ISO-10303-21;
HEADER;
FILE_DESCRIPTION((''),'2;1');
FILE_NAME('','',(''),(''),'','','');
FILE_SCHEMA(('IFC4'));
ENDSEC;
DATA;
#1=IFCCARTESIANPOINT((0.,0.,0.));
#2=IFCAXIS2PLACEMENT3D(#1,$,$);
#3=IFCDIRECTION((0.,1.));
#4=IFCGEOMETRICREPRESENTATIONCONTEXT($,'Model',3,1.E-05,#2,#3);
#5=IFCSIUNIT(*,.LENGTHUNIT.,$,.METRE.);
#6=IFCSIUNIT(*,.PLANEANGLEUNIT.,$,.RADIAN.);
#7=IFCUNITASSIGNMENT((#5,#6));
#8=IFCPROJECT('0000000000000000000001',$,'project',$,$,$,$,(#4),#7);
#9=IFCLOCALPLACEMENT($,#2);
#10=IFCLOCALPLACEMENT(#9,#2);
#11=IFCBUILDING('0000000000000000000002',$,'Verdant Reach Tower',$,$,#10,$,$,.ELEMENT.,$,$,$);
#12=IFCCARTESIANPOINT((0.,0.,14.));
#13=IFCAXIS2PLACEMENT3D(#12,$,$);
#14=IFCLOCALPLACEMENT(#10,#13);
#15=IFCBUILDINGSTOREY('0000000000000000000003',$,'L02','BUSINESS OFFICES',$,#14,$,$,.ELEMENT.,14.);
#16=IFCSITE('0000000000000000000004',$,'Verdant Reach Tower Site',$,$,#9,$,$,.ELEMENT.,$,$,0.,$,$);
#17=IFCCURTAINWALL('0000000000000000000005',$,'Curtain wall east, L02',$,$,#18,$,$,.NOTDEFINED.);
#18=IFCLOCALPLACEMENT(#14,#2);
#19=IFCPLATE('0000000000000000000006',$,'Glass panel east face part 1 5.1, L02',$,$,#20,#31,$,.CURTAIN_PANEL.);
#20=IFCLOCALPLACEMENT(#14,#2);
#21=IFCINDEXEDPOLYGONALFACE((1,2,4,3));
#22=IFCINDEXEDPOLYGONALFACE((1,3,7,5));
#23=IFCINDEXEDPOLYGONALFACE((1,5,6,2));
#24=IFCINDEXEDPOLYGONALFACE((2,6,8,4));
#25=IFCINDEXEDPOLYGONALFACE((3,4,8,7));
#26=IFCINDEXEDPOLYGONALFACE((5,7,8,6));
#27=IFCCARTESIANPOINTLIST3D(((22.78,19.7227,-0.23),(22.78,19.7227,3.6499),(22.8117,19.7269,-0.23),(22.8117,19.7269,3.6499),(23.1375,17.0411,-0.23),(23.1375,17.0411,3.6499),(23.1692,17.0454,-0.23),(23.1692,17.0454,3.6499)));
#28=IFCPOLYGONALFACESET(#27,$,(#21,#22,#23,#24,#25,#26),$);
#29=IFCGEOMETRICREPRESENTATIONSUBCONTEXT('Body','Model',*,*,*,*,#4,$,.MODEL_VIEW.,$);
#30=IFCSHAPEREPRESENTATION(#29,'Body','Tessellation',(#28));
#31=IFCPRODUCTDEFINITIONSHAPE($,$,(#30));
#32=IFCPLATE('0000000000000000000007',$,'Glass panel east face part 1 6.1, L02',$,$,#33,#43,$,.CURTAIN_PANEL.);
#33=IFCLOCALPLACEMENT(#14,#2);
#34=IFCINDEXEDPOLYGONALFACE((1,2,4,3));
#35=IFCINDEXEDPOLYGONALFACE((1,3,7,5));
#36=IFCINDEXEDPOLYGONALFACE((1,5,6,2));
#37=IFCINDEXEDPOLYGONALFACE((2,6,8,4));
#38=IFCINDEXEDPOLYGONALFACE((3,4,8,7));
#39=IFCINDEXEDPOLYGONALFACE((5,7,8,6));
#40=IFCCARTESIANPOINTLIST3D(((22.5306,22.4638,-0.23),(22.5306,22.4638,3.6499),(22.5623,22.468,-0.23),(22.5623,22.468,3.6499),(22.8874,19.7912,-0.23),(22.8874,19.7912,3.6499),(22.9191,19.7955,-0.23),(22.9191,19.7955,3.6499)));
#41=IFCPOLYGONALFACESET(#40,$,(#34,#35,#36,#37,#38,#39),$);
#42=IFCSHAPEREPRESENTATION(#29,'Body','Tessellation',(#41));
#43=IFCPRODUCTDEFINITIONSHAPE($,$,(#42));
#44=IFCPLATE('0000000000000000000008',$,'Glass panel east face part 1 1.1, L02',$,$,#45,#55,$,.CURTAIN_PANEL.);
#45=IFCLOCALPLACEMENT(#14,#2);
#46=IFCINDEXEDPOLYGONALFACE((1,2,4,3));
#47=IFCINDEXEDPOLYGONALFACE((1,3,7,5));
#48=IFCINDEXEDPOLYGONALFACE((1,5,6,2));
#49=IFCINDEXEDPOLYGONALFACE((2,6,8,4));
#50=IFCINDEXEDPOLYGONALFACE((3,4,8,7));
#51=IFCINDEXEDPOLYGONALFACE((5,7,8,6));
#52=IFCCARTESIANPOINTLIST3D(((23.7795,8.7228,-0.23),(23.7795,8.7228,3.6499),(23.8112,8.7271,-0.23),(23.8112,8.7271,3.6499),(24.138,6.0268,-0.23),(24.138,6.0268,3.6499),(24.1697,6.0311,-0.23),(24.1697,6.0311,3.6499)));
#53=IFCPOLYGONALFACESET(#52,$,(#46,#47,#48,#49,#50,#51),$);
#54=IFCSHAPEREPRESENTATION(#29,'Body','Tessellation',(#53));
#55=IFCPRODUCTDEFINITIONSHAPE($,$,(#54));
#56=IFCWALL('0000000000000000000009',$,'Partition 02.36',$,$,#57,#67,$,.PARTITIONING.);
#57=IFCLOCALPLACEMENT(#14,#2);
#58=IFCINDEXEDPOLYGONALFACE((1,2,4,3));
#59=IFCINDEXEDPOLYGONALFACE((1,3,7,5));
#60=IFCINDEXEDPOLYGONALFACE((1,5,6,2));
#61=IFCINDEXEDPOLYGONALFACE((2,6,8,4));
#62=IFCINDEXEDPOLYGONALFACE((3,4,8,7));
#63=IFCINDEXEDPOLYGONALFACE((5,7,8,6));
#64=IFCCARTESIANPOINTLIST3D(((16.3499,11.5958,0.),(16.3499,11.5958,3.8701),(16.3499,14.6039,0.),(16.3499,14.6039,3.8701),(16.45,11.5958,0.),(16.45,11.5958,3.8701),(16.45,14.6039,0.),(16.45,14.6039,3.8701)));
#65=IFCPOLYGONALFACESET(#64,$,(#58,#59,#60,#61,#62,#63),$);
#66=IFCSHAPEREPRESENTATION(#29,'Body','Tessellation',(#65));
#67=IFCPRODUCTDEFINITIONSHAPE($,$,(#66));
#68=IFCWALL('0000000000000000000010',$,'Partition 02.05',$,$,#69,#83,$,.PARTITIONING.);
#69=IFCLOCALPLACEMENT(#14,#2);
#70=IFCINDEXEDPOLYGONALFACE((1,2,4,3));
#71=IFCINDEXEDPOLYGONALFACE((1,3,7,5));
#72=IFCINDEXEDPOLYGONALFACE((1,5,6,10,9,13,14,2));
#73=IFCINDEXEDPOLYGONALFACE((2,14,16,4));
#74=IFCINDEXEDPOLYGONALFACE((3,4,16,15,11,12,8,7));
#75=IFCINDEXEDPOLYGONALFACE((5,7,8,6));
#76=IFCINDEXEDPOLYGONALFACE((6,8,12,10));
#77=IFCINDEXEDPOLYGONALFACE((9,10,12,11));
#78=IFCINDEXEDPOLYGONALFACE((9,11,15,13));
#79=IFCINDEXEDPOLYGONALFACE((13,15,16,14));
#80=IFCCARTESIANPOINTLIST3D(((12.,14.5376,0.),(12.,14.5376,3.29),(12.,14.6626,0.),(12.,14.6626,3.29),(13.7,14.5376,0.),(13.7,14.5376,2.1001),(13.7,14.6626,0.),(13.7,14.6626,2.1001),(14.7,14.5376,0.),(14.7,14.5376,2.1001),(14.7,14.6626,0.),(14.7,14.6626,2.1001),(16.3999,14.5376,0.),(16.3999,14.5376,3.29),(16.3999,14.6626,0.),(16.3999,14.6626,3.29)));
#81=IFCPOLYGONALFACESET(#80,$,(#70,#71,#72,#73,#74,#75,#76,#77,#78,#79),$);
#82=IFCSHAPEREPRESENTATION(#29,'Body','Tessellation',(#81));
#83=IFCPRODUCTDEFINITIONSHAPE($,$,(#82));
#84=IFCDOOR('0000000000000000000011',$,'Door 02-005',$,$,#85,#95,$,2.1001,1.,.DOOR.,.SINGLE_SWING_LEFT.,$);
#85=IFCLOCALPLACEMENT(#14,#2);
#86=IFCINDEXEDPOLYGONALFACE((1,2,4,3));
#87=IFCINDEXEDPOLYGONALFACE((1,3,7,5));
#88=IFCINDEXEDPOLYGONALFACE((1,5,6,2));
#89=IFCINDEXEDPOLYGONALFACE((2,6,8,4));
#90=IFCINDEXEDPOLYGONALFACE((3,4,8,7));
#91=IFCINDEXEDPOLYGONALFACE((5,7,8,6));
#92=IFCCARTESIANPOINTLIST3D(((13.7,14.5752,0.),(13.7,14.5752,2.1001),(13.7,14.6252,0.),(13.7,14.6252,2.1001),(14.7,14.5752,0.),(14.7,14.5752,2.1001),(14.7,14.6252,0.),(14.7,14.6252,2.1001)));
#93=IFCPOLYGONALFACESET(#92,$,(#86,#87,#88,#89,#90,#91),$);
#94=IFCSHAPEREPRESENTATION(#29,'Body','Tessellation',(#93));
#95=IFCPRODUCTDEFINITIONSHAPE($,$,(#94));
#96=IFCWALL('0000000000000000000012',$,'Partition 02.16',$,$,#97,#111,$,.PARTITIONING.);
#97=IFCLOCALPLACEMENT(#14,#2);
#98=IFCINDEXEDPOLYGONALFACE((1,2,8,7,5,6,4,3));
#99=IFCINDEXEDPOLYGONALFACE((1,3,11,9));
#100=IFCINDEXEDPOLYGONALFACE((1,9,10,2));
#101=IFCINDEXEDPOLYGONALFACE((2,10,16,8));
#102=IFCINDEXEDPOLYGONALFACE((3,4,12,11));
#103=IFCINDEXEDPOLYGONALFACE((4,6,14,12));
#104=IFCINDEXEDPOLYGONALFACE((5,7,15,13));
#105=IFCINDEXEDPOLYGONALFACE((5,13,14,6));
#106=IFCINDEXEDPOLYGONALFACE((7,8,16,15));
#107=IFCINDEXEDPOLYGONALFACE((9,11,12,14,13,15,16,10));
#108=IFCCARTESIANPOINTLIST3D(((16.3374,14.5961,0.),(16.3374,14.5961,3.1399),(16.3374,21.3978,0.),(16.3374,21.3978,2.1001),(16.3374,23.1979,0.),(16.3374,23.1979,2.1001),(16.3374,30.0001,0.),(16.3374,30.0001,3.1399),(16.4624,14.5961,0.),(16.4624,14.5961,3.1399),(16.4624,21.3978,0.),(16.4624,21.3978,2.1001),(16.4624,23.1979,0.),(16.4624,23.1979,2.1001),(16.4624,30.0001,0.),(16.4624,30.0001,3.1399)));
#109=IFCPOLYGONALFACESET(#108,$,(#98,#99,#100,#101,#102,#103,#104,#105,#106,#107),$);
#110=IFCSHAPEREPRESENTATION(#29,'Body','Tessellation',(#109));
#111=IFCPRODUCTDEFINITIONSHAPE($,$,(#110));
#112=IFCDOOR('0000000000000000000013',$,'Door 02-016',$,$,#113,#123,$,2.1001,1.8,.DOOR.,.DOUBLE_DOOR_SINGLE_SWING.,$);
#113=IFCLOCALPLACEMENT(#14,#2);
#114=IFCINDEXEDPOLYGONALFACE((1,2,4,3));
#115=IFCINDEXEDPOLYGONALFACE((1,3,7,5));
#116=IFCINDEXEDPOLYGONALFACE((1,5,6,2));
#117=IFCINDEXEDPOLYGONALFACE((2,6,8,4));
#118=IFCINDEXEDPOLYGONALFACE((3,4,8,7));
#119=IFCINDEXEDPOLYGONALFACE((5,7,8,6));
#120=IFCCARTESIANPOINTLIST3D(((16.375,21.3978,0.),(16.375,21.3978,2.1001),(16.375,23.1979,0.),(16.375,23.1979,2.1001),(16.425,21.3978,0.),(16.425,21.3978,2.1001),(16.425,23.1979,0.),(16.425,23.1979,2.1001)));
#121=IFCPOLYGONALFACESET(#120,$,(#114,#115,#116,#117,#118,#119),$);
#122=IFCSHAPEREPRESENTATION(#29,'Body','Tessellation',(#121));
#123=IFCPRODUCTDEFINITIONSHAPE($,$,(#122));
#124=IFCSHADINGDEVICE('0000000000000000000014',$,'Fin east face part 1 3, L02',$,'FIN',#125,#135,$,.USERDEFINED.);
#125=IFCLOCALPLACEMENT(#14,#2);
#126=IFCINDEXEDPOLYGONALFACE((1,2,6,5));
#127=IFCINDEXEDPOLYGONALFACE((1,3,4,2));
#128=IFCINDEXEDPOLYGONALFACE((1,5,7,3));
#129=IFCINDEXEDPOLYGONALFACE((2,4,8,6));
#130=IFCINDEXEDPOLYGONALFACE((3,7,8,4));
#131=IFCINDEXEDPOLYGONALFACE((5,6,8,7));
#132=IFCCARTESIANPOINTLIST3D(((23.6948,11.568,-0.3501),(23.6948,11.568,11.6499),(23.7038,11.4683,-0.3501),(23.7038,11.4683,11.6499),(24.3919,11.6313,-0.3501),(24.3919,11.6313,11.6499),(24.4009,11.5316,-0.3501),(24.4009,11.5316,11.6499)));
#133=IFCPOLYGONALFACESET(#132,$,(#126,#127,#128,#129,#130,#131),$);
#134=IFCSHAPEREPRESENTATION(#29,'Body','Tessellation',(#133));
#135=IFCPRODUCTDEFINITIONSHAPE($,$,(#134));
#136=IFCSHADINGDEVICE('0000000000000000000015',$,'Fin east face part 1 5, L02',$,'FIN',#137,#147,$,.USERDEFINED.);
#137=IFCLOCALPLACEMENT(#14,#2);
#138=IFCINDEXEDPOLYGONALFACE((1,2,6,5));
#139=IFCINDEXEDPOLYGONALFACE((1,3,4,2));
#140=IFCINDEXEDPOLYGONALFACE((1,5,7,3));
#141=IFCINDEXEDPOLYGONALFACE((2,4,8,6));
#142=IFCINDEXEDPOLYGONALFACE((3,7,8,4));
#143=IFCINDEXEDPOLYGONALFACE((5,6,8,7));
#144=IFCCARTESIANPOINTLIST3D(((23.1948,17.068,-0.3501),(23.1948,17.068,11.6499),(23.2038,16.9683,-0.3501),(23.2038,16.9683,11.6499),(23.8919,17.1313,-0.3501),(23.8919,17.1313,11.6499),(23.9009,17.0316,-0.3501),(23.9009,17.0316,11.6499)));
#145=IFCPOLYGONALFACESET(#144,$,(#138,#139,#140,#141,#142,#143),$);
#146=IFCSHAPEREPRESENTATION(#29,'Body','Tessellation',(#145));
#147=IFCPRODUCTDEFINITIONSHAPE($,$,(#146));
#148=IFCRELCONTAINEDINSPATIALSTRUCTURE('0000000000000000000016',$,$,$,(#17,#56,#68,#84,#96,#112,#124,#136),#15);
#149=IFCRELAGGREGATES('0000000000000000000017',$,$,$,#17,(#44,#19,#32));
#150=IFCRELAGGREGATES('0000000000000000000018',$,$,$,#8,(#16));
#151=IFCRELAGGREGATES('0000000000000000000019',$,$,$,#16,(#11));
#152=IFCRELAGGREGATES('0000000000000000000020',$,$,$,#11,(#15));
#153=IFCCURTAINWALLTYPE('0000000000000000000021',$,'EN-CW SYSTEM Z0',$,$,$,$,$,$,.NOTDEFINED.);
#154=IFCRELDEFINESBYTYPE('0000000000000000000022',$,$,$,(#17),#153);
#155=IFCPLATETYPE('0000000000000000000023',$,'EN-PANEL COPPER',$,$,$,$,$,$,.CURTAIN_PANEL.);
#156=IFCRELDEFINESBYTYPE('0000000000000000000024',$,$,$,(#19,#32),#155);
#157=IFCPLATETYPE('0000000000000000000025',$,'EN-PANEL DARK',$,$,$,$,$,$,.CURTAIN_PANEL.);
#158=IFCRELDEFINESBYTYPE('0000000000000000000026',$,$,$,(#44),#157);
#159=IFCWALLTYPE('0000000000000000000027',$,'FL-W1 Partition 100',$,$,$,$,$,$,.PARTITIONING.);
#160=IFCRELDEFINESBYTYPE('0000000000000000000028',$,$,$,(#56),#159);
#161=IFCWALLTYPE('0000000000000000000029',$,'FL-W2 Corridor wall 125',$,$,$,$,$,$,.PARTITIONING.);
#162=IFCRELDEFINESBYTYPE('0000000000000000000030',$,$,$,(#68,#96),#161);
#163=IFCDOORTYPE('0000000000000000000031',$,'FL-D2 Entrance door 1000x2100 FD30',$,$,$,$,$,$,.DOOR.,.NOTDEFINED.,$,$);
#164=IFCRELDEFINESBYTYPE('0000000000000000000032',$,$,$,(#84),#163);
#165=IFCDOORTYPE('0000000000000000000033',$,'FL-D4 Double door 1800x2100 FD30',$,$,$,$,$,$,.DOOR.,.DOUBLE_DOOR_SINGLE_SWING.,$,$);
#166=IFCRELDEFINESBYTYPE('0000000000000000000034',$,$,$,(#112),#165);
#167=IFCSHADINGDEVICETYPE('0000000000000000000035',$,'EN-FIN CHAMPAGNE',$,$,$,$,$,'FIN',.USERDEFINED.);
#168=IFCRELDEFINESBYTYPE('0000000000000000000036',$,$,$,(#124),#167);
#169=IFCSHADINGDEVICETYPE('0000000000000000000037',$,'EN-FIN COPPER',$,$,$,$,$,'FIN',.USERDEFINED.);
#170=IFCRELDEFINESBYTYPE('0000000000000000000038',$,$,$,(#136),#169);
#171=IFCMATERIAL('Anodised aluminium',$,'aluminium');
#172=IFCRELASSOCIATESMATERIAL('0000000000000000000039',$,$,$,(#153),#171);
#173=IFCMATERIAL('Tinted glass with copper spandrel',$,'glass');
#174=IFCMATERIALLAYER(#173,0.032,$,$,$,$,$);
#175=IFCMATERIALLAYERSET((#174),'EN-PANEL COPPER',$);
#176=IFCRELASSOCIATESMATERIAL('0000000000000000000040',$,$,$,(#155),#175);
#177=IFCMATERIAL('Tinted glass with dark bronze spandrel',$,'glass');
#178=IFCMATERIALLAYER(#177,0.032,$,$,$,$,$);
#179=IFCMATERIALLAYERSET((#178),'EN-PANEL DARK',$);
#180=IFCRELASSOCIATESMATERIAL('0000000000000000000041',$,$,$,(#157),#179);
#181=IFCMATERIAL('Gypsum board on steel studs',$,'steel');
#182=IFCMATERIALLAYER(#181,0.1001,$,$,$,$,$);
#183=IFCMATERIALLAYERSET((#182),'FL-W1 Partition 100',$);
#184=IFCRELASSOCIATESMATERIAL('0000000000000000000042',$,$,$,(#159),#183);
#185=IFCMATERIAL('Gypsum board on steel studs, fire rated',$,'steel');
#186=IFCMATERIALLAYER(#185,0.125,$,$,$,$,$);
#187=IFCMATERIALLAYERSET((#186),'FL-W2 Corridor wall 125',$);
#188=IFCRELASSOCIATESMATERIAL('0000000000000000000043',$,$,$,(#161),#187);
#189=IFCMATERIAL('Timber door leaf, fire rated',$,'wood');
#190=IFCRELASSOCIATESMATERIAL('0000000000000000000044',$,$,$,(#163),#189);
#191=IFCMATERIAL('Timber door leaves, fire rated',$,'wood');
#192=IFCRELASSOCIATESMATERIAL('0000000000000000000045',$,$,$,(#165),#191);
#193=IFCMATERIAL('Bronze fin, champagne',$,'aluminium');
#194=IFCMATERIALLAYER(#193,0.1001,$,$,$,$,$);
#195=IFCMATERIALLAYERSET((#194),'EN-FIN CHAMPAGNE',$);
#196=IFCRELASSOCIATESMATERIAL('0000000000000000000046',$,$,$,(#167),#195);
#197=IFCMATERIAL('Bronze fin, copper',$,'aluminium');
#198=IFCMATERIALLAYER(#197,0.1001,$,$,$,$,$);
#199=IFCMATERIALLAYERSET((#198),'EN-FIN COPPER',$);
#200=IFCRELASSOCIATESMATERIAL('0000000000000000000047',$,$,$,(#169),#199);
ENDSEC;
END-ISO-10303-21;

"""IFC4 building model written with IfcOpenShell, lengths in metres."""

from ifc_helpers import new_model, si_unit, direction, frame, frame_2d, origin, origin_2d, place, context, subcontext, project, spatial, rectangle, extrude, material, layer, layer_set, type_object, element, fill, aggregate, save


model = new_model("IFC4")

# Units and contexts
model_context = context("Model", 3, precision=1e-05, world=origin(), true_north=direction((0.0, 1.0)))
body_context = subcontext(model_context, "Body", "Model", "MODEL_VIEW")
ifc_project = project(units=[si_unit("LENGTHUNIT", "METRE"), si_unit("PLANEANGLEUNIT", "RADIAN")], contexts=[model_context])

# Site, building, storey
site_placement = place(None, origin())
site = spatial("IfcSite", under=ifc_project, at=site_placement, Name="Verdant Reach Tower Site", CompositionType="ELEMENT", RefElevation=0.0)
building_placement = place(site_placement, origin())
building = spatial("IfcBuilding", under=site, at=building_placement, Name="Verdant Reach Tower", CompositionType="ELEMENT")
storey_placement = place(building_placement, frame((0.0, 0.0, 14.0)))
storey = spatial("IfcBuildingStorey", under=building, at=storey_placement, Name="L02", Description="BUSINESS OFFICES", CompositionType="ELEMENT", Elevation=14.0)

# Curtain wall
ifc_material_1 = material(Name="Anodised aluminium", Category="aluminium")
curtain_wall_type = type_object("IfcCurtainWallType", Name="EN-CW SYSTEM Z0", PredefinedType="NOTDEFINED", material=ifc_material_1)
curtain_wall_placement = place(storey_placement, origin())
curtain_wall = element("IfcCurtainWall", 1, at=curtain_wall_placement, inside=storey, type_object=curtain_wall_type, Name="Curtain wall east, L02", PredefinedType="NOTDEFINED")

# Plates
ifc_material_2 = material(Name="Tinted glass with copper spandrel", Category="glass")
ifc_layer_1 = layer(ifc_material_2, 0.032)
ifc_layer_set_1 = layer_set([ifc_layer_1], Name="EN-PANEL COPPER")
plate_type_1 = type_object("IfcPlateType", Name="EN-PANEL COPPER", PredefinedType="CURTAIN_PANEL", material=ifc_layer_set_1)
plate_1_placement = place(storey_placement, frame((22.9746, 18.384, -0.23), z_axis=(0.0, 0.0, 1.0), x_axis=(-0.13216, 0.991228, 0.0)))
plate_1 = element("IfcPlate", 2, at=plate_1_placement, type_object=plate_type_1, Name="Glass panel east face part 1 5.1, L02", PredefinedType="CURTAIN_PANEL", context=body_context, shape_type="SweptSolid", body=[
    extrude(rectangle(XDim=2.7053, YDim=0.032, at=origin_2d()), origin(), (0.0, 0.0, 1.0), 3.8799),
])
plate_2_placement = place(storey_placement, frame((22.7249, 21.1296, -0.23), z_axis=(0.0, 0.0, 1.0), x_axis=(-0.132308, 0.991209, 0.0)))
plate_2 = element("IfcPlate", 3, at=plate_2_placement, type_object=plate_type_1, Name="Glass panel east face part 1 6.1, L02", PredefinedType="CURTAIN_PANEL", context=body_context, shape_type="SweptSolid", body=[
    extrude(rectangle(XDim=2.6963, YDim=0.032, at=origin_2d()), origin(), (0.0, 0.0, 1.0), 3.8799),
])
ifc_material_3 = material(Name="Tinted glass with dark bronze spandrel", Category="glass")
ifc_layer_2 = layer(ifc_material_3, 0.032)
ifc_layer_set_2 = layer_set([ifc_layer_2], Name="EN-PANEL DARK")
plate_type_2 = type_object("IfcPlateType", Name="EN-PANEL DARK", PredefinedType="CURTAIN_PANEL", material=ifc_layer_set_2)
plate_3_placement = place(storey_placement, frame((23.9746, 7.377, -0.23), z_axis=(0.0, 0.0, 1.0), x_axis=(-0.131793, 0.991277, 0.0)))
plate_3 = element("IfcPlate", 4, at=plate_3_placement, type_object=plate_type_2, Name="Glass panel east face part 1 1.1, L02", PredefinedType="CURTAIN_PANEL", context=body_context, shape_type="SweptSolid", body=[
    extrude(rectangle(XDim=2.7197, YDim=0.032, at=origin_2d()), origin(), (0.0, 0.0, 1.0), 3.8799),
])
aggregate(curtain_wall, [plate_3, plate_1, plate_2])

# Wall
ifc_material_4 = material(Name="Gypsum board on steel studs", Category="steel")
ifc_layer_3 = layer(ifc_material_4, 0.1001)
ifc_layer_set_3 = layer_set([ifc_layer_3], Name="FL-W1 Partition 100")
wall_type_1 = type_object("IfcWallType", Name="FL-W1 Partition 100", PredefinedType="PARTITIONING", material=ifc_layer_set_3)
wall_1_placement = place(storey_placement, frame((16.3999, 11.5959, 0.0), z_axis=(0.0, 0.0, 1.0), x_axis=(0.0, 1.0, 0.0)))
element("IfcWall", 5, at=wall_1_placement, inside=storey, type_object=wall_type_1, Name="Partition 02.36", PredefinedType="PARTITIONING", context=body_context, shape_type="SweptSolid", body=[
    extrude(rectangle(XDim=3.0081, YDim=0.1001, at=frame_2d((1.5039, 0.0))), origin(), (0.0, 0.0, 1.0), 3.8701),
])

# Walls, openings, doors
ifc_material_5 = material(Name="Gypsum board on steel studs, fire rated", Category="steel")
ifc_layer_4 = layer(ifc_material_5, 0.125)
ifc_layer_set_4 = layer_set([ifc_layer_4], Name="FL-W2 Corridor wall 125")
wall_type_2 = type_object("IfcWallType", Name="FL-W2 Corridor wall 125", PredefinedType="PARTITIONING", material=ifc_layer_set_4)
wall_2_placement = place(storey_placement, frame((16.3999, 14.6001, 0.0), z_axis=(0.0, 0.0, 1.0), x_axis=(-1.0, 0.0, 0.0)))
wall_2 = element("IfcWall", 6, at=wall_2_placement, inside=storey, type_object=wall_type_2, Name="Partition 02.05", PredefinedType="PARTITIONING", context=body_context, shape_type="SweptSolid", body=[
    extrude(rectangle(XDim=4.3999, YDim=0.125, at=frame_2d((2.2, 0.0))), origin(), (0.0, 0.0, 1.0), 3.29),
])
opening_1_placement = place(wall_2_placement, frame((1.7, 0.0, 0.0)))
opening_1 = element("IfcOpeningElement", 7, at=opening_1_placement, cuts=wall_2, PredefinedType="OPENING", context=body_context, shape_type="SweptSolid", body=[
    extrude(rectangle(XDim=1.0, YDim=2.1001, at=frame_2d((0.5, 1.05))), frame((0.0, 0.0725, 0.0), z_axis=(0.0, -1.0, 0.0), x_axis=(1.0, 0.0, 0.0)), (0.0, 0.0, 1.0), 0.145),
])
ifc_material_6 = material(Name="Timber door leaf, fire rated", Category="wood")
door_type_1 = type_object("IfcDoorType", Name="FL-D2 Entrance door 1000x2100 FD30", OperationType="NOTDEFINED", PredefinedType="DOOR", material=ifc_material_6)
door_1_placement = place(opening_1_placement, origin())
door_1 = element("IfcDoor", 8, at=door_1_placement, inside=storey, type_object=door_type_1, Name="Door 02-005", OperationType="SINGLE_SWING_LEFT", OverallHeight=2.1001, OverallWidth=1.0, PredefinedType="DOOR", context=body_context, shape_type="SweptSolid", body=[
    extrude(rectangle(XDim=1.0, YDim=2.1001, at=frame_2d((0.5, 1.05))), frame((0.0, 0.0249, 0.0), z_axis=(0.0, -1.0, 0.0), x_axis=(1.0, 0.0, 0.0)), (0.0, 0.0, 1.0), 0.05),
])
fill(opening_1, door_1)
wall_3_placement = place(storey_placement, frame((16.3999, 14.5959, 0.0), z_axis=(0.0, 0.0, 1.0), x_axis=(0.0, 1.0, 0.0)))
wall_3 = element("IfcWall", 9, at=wall_3_placement, inside=storey, type_object=wall_type_2, Name="Partition 02.16", PredefinedType="PARTITIONING", context=body_context, shape_type="SweptSolid", body=[
    extrude(rectangle(XDim=15.4041, YDim=0.125, at=frame_2d((7.7021, 0.0))), origin(), (0.0, 0.0, 1.0), 3.1399),
])
opening_2_placement = place(wall_3_placement, frame((6.802, 0.0, 0.0)))
opening_2 = element("IfcOpeningElement", 10, at=opening_2_placement, cuts=wall_3, PredefinedType="OPENING", context=body_context, shape_type="SweptSolid", body=[
    extrude(rectangle(XDim=1.8, YDim=2.1001, at=frame_2d((0.8999, 1.05))), frame((0.0, 0.0725, 0.0), z_axis=(0.0, -1.0, 0.0), x_axis=(1.0, 0.0, 0.0)), (0.0, 0.0, 1.0), 0.145),
])
ifc_material_7 = material(Name="Timber door leaves, fire rated", Category="wood")
door_type_2 = type_object("IfcDoorType", Name="FL-D4 Double door 1800x2100 FD30", OperationType="DOUBLE_DOOR_SINGLE_SWING", PredefinedType="DOOR", material=ifc_material_7)
door_2_placement = place(opening_2_placement, origin())
door_2 = element("IfcDoor", 11, at=door_2_placement, inside=storey, type_object=door_type_2, Name="Door 02-016", OperationType="DOUBLE_DOOR_SINGLE_SWING", OverallHeight=2.1001, OverallWidth=1.8, PredefinedType="DOOR", context=body_context, shape_type="SweptSolid", body=[
    extrude(rectangle(XDim=1.8, YDim=2.1001, at=frame_2d((0.8999, 1.05))), frame((0.0, 0.0249, 0.0), z_axis=(0.0, -1.0, 0.0), x_axis=(1.0, 0.0, 0.0)), (0.0, 0.0, 1.0), 0.05),
])
fill(opening_2, door_2)

# Shading devices
ifc_material_8 = material(Name="Bronze fin, champagne", Category="aluminium")
ifc_layer_5 = layer(ifc_material_8, 0.1001)
ifc_layer_set_5 = layer_set([ifc_layer_5], Name="EN-FIN CHAMPAGNE")
shading_device_type_1 = type_object("IfcShadingDeviceType", Name="EN-FIN CHAMPAGNE", ElementType="FIN", PredefinedType="USERDEFINED", material=ifc_layer_set_5)
shading_device_1_placement = place(storey_placement, frame((24.0479, 11.5498, -0.3501), z_axis=(0.0, 0.0, 1.0), x_axis=(-0.090536, 0.995893, 0.0)))
element("IfcShadingDevice", 12, at=shading_device_1_placement, inside=storey, type_object=shading_device_type_1, Name="Fin east face part 1 3, L02", ObjectType="FIN", PredefinedType="USERDEFINED", context=body_context, shape_type="SweptSolid", body=[
    extrude(rectangle(XDim=0.1001, YDim=0.7, at=origin_2d()), origin(), (0.0, 0.0, 1.0), 12.0),
])
ifc_material_9 = material(Name="Bronze fin, copper", Category="aluminium")
ifc_layer_6 = layer(ifc_material_9, 0.1001)
ifc_layer_set_6 = layer_set([ifc_layer_6], Name="EN-FIN COPPER")
shading_device_type_2 = type_object("IfcShadingDeviceType", Name="EN-FIN COPPER", ElementType="FIN", PredefinedType="USERDEFINED", material=ifc_layer_set_6)
shading_device_2_placement = place(storey_placement, frame((23.5479, 17.0498, -0.3501), z_axis=(0.0, 0.0, 1.0), x_axis=(-0.090536, 0.995893, 0.0)))
element("IfcShadingDevice", 13, at=shading_device_2_placement, inside=storey, type_object=shading_device_type_2, Name="Fin east face part 1 5, L02", ObjectType="FIN", PredefinedType="USERDEFINED", context=body_context, shape_type="SweptSolid", body=[
    extrude(rectangle(XDim=0.1001, YDim=0.7, at=origin_2d()), origin(), (0.0, 0.0, 1.0), 12.0),
])

save(model, "model.ifc")
